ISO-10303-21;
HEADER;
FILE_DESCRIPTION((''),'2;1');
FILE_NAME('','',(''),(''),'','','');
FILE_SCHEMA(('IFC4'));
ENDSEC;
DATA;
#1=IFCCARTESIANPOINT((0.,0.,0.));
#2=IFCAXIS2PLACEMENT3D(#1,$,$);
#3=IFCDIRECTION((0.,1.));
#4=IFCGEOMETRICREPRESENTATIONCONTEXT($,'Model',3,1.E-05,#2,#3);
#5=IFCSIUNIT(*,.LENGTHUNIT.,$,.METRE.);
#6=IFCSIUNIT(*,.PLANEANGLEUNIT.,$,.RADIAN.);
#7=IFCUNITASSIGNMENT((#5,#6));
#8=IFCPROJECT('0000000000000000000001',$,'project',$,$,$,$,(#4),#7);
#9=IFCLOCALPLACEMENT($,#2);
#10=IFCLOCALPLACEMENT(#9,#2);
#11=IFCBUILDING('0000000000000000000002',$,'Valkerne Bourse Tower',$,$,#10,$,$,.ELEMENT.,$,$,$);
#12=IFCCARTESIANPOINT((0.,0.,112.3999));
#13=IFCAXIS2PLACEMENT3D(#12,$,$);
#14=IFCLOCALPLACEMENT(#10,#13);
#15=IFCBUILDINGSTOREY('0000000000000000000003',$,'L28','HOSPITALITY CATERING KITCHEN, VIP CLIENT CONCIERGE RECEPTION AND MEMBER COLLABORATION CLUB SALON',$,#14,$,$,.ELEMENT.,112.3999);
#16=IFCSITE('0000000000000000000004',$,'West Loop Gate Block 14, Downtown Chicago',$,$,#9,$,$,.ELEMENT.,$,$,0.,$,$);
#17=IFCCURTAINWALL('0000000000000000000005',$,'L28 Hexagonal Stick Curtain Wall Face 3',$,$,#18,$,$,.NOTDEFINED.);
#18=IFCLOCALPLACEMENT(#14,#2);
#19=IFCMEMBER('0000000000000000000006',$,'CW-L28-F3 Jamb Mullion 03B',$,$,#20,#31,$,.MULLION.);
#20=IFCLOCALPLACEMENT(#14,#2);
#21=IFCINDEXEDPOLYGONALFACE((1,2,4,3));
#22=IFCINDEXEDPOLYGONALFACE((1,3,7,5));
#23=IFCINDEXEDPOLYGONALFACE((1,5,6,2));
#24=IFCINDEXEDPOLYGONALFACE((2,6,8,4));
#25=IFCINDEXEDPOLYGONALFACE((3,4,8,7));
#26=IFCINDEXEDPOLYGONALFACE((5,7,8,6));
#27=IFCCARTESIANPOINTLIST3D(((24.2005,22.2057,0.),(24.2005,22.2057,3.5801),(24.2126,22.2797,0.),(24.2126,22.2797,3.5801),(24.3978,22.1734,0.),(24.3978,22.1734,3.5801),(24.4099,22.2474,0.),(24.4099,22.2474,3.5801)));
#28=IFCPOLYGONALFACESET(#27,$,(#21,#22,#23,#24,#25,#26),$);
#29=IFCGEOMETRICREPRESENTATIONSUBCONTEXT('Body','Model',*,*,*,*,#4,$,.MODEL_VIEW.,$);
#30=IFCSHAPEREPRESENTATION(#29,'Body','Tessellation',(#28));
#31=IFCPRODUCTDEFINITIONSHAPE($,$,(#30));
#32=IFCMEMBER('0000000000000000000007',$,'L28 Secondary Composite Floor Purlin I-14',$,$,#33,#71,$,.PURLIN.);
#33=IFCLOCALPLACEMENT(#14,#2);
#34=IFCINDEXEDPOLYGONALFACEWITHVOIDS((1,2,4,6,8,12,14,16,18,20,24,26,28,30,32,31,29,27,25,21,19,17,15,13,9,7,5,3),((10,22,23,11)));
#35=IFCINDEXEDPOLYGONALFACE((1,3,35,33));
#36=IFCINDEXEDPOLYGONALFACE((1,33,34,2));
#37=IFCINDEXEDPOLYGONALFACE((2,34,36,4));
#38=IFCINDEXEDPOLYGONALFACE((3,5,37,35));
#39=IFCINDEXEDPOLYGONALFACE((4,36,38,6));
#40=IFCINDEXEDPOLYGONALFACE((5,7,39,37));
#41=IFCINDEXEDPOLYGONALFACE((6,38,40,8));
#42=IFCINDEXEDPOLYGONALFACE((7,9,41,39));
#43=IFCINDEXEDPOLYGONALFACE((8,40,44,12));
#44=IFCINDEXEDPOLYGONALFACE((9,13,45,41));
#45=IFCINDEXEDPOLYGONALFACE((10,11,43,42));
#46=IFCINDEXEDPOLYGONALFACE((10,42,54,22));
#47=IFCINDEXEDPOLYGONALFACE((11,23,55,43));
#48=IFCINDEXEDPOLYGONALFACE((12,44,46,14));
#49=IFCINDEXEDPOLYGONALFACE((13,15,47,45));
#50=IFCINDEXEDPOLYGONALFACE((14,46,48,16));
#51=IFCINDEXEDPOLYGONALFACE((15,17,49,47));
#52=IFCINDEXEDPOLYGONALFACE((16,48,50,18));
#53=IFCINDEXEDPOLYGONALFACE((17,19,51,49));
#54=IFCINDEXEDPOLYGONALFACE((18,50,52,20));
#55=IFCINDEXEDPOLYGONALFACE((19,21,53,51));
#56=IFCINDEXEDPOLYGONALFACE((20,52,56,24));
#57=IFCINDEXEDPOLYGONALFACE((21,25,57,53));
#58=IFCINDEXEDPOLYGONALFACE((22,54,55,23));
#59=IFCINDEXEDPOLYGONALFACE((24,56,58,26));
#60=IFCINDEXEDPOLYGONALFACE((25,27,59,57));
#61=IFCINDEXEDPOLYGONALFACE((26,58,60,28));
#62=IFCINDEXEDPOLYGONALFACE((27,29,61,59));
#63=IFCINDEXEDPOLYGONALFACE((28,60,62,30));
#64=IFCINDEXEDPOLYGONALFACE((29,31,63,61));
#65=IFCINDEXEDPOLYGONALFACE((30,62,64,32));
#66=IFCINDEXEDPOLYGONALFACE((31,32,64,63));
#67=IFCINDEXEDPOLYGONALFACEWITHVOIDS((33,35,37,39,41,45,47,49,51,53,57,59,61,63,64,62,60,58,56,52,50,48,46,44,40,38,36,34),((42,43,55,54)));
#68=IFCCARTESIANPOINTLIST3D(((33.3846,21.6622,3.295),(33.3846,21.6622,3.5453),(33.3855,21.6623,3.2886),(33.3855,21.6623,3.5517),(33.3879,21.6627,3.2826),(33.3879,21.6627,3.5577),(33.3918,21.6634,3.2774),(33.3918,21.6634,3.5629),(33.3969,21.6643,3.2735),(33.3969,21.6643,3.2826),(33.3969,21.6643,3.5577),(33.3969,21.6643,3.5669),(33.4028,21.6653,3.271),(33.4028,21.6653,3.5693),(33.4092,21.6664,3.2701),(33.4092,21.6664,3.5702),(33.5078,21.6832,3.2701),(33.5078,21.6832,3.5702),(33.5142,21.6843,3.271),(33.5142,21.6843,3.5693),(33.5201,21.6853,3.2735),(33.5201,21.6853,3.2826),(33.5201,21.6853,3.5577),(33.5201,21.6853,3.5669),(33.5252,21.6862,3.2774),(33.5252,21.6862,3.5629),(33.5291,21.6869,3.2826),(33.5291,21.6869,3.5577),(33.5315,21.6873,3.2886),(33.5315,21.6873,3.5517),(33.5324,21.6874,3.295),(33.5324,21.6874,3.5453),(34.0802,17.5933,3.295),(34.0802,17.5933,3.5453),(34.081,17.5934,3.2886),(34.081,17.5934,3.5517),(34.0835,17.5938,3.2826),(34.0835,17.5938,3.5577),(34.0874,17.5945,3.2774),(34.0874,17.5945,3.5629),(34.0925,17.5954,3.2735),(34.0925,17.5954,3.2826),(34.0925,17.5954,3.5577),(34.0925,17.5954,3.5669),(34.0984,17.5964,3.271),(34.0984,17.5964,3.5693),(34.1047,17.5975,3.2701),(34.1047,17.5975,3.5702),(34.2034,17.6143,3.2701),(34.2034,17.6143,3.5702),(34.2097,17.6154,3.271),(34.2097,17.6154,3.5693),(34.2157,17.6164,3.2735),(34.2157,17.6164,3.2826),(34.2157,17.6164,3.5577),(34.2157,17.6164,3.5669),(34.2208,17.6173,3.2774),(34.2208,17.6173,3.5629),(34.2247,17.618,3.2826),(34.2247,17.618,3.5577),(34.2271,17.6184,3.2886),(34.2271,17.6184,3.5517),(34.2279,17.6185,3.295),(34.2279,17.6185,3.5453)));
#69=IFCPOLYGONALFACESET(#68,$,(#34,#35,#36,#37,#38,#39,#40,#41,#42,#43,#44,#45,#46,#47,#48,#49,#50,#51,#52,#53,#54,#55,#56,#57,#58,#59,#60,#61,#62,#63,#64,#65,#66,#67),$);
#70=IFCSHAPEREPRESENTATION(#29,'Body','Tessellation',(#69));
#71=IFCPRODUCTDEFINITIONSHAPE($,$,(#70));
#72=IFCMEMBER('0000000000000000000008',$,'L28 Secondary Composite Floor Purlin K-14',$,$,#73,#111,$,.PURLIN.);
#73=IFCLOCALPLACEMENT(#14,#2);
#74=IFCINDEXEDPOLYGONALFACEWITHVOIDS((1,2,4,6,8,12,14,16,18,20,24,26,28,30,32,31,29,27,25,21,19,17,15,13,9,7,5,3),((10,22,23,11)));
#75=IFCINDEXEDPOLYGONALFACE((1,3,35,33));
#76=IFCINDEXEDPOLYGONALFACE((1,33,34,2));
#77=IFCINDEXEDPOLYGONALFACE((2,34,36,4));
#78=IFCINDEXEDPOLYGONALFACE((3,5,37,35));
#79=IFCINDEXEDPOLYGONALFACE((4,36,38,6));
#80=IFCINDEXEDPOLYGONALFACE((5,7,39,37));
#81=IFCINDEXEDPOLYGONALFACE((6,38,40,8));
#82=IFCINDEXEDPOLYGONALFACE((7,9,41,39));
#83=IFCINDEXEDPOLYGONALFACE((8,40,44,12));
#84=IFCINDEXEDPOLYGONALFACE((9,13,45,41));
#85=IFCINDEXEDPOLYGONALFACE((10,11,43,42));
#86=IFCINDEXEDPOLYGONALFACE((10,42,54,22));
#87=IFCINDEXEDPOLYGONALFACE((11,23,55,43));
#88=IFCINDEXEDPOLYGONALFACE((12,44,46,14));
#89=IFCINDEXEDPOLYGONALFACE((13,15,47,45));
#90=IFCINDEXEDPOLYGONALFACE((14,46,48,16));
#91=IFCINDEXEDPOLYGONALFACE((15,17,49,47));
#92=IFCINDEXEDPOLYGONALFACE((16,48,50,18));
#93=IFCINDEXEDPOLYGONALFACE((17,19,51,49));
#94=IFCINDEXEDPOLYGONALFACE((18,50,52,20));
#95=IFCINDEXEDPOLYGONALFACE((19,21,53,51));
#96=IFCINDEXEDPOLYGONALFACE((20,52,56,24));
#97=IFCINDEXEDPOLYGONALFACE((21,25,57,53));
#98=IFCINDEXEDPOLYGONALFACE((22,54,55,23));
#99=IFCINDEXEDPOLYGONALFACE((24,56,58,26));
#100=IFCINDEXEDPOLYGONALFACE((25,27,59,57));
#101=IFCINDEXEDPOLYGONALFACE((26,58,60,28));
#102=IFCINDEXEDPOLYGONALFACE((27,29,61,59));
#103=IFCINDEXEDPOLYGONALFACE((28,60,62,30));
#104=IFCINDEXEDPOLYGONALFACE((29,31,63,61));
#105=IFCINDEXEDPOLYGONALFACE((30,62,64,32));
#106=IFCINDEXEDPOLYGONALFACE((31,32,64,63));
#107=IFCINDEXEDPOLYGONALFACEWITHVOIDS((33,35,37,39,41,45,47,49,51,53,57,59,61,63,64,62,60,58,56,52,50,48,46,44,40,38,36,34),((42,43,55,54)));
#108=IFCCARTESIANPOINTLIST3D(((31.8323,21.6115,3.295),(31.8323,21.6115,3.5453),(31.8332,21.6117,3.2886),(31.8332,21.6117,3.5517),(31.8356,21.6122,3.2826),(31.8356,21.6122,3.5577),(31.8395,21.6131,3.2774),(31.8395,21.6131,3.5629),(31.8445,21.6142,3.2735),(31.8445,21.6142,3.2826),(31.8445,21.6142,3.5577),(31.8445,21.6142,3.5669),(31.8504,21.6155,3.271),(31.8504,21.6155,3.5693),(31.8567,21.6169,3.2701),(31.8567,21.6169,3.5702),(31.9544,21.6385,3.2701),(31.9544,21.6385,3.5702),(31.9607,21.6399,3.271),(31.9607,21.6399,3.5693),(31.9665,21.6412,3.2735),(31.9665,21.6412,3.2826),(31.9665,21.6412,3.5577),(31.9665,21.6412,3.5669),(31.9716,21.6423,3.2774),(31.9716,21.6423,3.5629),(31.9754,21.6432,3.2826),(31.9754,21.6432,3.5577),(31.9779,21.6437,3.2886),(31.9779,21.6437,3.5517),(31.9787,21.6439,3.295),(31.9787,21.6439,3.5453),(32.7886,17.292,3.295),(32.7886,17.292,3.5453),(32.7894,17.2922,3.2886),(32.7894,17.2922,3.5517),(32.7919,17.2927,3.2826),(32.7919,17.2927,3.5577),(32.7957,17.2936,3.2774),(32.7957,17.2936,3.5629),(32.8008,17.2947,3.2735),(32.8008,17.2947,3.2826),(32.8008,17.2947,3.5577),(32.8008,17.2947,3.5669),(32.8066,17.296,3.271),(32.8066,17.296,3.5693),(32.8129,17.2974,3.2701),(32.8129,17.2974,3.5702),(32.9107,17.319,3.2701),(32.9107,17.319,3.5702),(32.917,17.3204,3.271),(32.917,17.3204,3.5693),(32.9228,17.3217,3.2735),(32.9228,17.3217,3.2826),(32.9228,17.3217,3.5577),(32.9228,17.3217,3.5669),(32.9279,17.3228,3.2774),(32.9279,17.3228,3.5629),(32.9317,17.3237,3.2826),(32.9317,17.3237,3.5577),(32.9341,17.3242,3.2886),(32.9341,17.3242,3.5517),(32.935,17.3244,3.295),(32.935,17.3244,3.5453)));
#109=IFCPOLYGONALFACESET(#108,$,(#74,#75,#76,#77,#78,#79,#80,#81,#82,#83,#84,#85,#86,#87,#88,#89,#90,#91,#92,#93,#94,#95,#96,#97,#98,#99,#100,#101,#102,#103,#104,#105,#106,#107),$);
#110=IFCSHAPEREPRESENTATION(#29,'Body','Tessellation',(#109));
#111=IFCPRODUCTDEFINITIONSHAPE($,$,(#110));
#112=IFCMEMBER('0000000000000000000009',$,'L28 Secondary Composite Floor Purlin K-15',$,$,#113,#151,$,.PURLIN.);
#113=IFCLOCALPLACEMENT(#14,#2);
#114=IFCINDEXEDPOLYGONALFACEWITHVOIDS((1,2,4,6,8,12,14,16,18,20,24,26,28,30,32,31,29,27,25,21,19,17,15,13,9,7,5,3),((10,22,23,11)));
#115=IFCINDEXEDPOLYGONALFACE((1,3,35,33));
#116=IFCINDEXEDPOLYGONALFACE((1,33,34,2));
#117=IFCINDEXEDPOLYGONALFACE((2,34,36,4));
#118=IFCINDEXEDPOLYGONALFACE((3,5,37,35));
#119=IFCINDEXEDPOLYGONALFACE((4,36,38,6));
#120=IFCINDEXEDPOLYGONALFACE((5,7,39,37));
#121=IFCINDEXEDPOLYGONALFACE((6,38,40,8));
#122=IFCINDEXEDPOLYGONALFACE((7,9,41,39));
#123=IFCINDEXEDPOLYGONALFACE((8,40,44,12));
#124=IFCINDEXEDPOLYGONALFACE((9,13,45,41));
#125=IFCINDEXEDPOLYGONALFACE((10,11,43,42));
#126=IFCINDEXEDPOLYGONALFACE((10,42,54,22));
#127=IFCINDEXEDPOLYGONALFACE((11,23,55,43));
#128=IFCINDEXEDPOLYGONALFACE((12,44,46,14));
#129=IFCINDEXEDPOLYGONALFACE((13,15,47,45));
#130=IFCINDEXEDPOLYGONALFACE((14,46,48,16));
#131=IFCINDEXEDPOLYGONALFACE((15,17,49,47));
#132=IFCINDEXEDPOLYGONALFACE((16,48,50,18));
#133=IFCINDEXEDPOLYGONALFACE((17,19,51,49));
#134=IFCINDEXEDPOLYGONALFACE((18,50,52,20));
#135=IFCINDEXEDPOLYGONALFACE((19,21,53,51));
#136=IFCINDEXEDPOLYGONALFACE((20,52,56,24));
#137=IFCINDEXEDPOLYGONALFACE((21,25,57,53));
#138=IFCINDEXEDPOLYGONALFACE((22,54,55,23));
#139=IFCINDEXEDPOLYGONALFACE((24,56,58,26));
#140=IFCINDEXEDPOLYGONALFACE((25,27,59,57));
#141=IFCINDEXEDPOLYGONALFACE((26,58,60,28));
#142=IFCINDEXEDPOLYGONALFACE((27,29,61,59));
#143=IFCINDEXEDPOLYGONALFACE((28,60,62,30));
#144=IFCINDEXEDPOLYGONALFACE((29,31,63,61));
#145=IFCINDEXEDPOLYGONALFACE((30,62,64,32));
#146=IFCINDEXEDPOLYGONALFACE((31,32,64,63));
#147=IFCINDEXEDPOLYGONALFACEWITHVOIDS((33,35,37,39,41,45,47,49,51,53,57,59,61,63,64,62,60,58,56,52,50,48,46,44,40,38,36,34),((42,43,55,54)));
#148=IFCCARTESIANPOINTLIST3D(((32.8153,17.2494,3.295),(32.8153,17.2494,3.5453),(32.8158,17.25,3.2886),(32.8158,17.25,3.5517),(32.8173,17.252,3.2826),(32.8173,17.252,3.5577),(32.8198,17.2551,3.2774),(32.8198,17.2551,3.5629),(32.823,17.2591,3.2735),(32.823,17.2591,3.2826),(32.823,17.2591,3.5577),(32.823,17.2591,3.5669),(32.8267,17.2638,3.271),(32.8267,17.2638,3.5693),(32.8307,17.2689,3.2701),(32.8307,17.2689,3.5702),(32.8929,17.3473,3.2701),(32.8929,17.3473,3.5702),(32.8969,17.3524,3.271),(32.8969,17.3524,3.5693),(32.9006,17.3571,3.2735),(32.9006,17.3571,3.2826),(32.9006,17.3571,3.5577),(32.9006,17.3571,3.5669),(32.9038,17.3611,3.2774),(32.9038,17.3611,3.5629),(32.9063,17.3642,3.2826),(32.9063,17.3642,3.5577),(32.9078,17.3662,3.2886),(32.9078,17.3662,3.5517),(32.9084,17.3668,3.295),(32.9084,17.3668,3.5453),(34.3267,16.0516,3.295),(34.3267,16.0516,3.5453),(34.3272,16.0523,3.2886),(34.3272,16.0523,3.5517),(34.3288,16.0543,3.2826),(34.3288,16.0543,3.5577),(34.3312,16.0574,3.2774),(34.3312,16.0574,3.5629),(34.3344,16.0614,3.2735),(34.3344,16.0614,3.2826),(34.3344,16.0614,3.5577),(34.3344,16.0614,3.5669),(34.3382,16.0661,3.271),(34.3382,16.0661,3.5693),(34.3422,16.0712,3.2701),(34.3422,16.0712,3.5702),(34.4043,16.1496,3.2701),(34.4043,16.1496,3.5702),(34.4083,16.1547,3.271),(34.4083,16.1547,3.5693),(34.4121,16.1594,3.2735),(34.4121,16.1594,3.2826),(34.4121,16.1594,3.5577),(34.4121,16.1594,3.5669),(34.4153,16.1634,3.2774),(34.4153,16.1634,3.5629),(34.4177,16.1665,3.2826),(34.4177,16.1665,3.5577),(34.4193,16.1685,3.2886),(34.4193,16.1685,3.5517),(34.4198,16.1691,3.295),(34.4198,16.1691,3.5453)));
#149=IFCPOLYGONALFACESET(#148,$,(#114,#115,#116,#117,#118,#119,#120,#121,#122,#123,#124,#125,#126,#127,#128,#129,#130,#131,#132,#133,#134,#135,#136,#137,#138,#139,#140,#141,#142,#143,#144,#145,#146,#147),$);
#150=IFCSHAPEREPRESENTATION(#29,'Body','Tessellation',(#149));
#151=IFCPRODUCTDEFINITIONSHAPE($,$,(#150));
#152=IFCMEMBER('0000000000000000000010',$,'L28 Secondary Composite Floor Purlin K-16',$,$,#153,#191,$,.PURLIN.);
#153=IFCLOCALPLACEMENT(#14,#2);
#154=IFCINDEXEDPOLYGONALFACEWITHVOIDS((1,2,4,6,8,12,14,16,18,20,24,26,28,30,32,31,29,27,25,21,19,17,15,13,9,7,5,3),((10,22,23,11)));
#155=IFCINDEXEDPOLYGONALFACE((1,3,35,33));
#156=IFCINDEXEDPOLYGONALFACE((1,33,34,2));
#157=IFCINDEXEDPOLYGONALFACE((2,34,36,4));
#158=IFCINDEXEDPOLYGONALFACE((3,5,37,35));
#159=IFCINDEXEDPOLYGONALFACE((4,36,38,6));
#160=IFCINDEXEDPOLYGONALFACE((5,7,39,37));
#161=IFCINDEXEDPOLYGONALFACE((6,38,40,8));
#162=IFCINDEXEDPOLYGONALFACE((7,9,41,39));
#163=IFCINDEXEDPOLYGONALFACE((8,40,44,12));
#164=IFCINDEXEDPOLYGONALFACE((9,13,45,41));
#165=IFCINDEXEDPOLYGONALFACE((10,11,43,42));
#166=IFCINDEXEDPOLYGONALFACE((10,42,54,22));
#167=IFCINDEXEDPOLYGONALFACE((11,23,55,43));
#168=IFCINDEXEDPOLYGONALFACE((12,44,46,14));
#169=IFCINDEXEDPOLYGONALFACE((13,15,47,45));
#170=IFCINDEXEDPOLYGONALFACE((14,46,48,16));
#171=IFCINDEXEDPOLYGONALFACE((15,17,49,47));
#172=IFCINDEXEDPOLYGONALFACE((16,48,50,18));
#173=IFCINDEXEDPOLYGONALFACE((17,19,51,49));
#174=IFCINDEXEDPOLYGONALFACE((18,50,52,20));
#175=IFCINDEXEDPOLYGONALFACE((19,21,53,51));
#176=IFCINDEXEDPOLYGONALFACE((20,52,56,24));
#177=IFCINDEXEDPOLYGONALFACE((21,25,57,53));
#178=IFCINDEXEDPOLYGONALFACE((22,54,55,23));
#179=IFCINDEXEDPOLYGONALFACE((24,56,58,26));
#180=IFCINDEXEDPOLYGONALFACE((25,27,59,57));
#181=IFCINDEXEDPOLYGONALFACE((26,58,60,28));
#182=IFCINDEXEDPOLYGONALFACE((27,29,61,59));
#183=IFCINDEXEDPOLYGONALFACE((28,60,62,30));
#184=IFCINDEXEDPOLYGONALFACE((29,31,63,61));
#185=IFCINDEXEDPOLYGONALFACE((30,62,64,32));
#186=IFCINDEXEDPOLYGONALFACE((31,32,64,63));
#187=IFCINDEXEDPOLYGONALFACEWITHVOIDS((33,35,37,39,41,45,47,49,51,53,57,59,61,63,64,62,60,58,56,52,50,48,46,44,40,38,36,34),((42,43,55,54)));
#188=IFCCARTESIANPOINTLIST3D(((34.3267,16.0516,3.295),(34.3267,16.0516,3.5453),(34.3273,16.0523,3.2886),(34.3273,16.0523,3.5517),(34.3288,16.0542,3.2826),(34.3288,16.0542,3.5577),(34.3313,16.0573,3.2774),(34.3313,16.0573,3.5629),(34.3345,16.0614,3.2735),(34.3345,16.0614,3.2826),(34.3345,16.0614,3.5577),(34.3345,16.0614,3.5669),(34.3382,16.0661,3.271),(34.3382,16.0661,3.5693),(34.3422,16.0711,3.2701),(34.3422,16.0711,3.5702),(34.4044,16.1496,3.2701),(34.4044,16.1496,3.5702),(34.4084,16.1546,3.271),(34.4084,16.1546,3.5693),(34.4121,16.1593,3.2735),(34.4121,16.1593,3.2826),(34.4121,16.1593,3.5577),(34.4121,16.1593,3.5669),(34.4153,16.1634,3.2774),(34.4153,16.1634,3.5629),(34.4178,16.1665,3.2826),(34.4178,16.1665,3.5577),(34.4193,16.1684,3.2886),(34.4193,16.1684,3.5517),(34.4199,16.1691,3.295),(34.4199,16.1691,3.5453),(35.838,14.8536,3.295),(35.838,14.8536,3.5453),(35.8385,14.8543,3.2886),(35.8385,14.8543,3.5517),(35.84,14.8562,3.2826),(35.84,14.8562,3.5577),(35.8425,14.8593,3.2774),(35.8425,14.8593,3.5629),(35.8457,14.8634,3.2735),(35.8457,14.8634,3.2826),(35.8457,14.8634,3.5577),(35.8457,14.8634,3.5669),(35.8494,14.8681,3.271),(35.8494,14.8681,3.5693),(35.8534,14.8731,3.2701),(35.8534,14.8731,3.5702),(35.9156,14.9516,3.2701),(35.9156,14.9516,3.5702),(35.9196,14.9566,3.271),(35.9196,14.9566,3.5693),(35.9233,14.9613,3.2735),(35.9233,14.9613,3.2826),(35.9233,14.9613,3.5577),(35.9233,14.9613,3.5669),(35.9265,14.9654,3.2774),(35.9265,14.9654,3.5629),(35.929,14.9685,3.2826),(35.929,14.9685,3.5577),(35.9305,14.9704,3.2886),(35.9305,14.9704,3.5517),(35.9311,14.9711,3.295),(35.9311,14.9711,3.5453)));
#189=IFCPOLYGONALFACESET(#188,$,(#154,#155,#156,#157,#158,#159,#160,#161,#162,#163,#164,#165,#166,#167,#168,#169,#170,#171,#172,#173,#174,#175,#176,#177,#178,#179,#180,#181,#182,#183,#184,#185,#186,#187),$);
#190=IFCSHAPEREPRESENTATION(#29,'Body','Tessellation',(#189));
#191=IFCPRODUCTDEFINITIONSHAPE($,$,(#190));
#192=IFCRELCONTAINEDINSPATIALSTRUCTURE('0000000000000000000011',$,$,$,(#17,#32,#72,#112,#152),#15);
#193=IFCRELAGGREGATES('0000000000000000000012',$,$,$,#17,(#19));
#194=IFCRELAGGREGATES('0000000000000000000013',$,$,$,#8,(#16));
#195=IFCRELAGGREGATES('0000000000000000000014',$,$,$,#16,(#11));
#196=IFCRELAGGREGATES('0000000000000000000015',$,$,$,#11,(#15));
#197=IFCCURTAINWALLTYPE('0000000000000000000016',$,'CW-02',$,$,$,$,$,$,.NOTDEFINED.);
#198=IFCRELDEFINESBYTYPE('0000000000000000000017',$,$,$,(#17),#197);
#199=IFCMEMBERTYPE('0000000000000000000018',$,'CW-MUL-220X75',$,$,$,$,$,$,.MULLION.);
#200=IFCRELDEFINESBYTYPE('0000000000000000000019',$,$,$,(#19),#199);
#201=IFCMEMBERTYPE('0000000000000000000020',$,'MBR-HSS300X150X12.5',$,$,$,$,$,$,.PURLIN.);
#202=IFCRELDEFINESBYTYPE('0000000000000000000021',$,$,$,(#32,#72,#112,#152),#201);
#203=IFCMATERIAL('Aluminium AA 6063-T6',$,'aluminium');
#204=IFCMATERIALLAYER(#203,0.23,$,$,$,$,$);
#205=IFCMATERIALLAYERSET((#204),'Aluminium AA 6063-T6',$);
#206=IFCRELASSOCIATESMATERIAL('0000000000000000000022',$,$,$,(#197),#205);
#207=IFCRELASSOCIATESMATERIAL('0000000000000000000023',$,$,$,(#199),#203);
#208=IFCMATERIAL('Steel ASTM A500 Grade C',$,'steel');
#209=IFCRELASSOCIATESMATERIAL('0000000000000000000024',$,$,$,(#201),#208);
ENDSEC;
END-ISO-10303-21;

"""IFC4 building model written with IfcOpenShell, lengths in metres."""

from ifc_helpers import new_model, si_unit, direction, frame, origin, origin_2d, place, context, subcontext, project, spatial, rectangle, hollow_rectangle, extrude, material, layer, layer_set, material_profile, profile_set, type_object, element, aggregate, save


model = new_model("IFC4")

# Units and contexts
model_context = context("Model", 3, precision=1e-05, world=origin(), true_north=direction((0.0, 1.0)))
body_context = subcontext(model_context, "Body", "Model", "MODEL_VIEW")
ifc_project = project(units=[si_unit("LENGTHUNIT", "METRE"), si_unit("PLANEANGLEUNIT", "RADIAN")], contexts=[model_context])

# Site, building, storey
site_placement = place(None, origin())
site = spatial("IfcSite", under=ifc_project, at=site_placement, Name="West Loop Gate Block 14, Downtown Chicago", CompositionType="ELEMENT", RefElevation=0.0)
building_placement = place(site_placement, origin())
building = spatial("IfcBuilding", under=site, at=building_placement, Name="Valkerne Bourse Tower", CompositionType="ELEMENT")
storey_placement = place(building_placement, frame((0.0, 0.0, 112.3999)))
storey = spatial("IfcBuildingStorey", under=building, at=storey_placement, Name="L28", Description="HOSPITALITY CATERING KITCHEN, VIP CLIENT CONCIERGE RECEPTION AND MEMBER COLLABORATION CLUB SALON", CompositionType="ELEMENT", Elevation=112.3999)

# Curtain wall, member
ifc_material_1 = material(Name="Aluminium AA 6063-T6", Category="aluminium")
ifc_layer_1 = layer(ifc_material_1, 0.23)
ifc_layer_set_1 = layer_set([ifc_layer_1], Name="Aluminium AA 6063-T6")
curtain_wall_type = type_object("IfcCurtainWallType", Name="CW-02", PredefinedType="NOTDEFINED", material=ifc_layer_set_1)
curtain_wall_placement = place(storey_placement, origin())
curtain_wall = element("IfcCurtainWall", 1, at=curtain_wall_placement, inside=storey, type_object=curtain_wall_type, Name="L28 Hexagonal Stick Curtain Wall Face 3", PredefinedType="NOTDEFINED")
ifc_material_profile_1 = material_profile(ifc_material_1, rectangle(XDim=0.075, YDim=0.2, at=origin_2d()), Name="CWM-75X200")
ifc_profile_set_1 = profile_set([ifc_material_profile_1], Name="Aluminium AA 6063-T6")
member_type_1 = type_object("IfcMemberType", Name="CW-MUL-220X75", PredefinedType="MULLION", material=ifc_profile_set_1)
member_1_placement = place(storey_placement, frame((24.3052, 22.2266, 0.0), z_axis=(0.0, 0.0, 1.0), x_axis=(-0.161624, -0.986852, 0.0)))
member_1 = element("IfcMember", 2, at=member_1_placement, type_object=member_type_1, Name="CW-L28-F3 Jamb Mullion 03B", PredefinedType="MULLION", context=body_context, shape_type="SweptSolid", body=[
    extrude(rectangle(XDim=0.075, YDim=0.2, at=origin_2d()), origin(), (0.0, 0.0, 1.0), 3.5801),
])
aggregate(curtain_wall, [member_1])

# Members
ifc_material_2 = material(Name="Steel ASTM A500 Grade C", Category="steel")
ifc_material_profile_2 = material_profile(ifc_material_2, hollow_rectangle(XDim=0.1499, YDim=0.3, WallThickness=0.0125, OuterFilletRadius=0.0249, at=origin_2d()), Name="HSS300X150X12.5")
ifc_profile_set_2 = profile_set([ifc_material_profile_2], Name="Steel ASTM A500 Grade C")
member_type_2 = type_object("IfcMemberType", Name="MBR-HSS300X150X12.5", PredefinedType="PURLIN", material=ifc_profile_set_2)
member_2_placement = place(storey_placement, frame((33.4585, 21.6748, 3.4202), z_axis=(0.168503, -0.985701, 0.0), x_axis=(0.985701, 0.168503, 0.0)))
element("IfcMember", 3, at=member_2_placement, inside=storey, type_object=member_type_2, Name="L28 Secondary Composite Floor Purlin I-14", PredefinedType="PURLIN", context=body_context, shape_type="SweptSolid", body=[
    extrude(hollow_rectangle(XDim=0.1499, YDim=0.3, WallThickness=0.0125, OuterFilletRadius=0.0249, at=origin_2d()), origin(), (0.0, 0.0, 1.0), 4.1279),
])
member_3_placement = place(storey_placement, frame((31.9055, 21.6277, 3.4202), z_axis=(0.216153, -0.976359, 0.0), x_axis=(0.976359, 0.216153, 0.0)))
element("IfcMember", 4, at=member_3_placement, inside=storey, type_object=member_type_2, Name="L28 Secondary Composite Floor Purlin K-14", PredefinedType="PURLIN", context=body_context, shape_type="SweptSolid", body=[
    extrude(hollow_rectangle(XDim=0.1499, YDim=0.3, WallThickness=0.0125, OuterFilletRadius=0.0249, at=origin_2d()), origin(), (0.0, 0.0, 1.0), 4.4241),
])
for number, where, z_axis, x_axis, name in (
    (5, (32.8618, 17.3081, 3.4202), (0.783751, -0.621076, 0.0), (0.621076, 0.783751, 0.0), "L28 Secondary Composite Floor Purlin K-15"),
    (6, (34.3733, 16.1104, 3.4202), (0.78364, -0.621215, 0.0), (0.621215, 0.78364, 0.0), "L28 Secondary Composite Floor Purlin K-16"),
):
    element("IfcMember", number, at=place(storey_placement, frame(where, z_axis=z_axis, x_axis=x_axis)), inside=storey, type_object=member_type_2, Name=name, PredefinedType="PURLIN", context=body_context, shape_type="SweptSolid", body=[
        extrude(hollow_rectangle(XDim=0.1499, YDim=0.3, WallThickness=0.0125, OuterFilletRadius=0.0249, at=origin_2d()), origin(), (0.0, 0.0, 1.0), 1.9285),
    ])

save(model, "model.ifc")
